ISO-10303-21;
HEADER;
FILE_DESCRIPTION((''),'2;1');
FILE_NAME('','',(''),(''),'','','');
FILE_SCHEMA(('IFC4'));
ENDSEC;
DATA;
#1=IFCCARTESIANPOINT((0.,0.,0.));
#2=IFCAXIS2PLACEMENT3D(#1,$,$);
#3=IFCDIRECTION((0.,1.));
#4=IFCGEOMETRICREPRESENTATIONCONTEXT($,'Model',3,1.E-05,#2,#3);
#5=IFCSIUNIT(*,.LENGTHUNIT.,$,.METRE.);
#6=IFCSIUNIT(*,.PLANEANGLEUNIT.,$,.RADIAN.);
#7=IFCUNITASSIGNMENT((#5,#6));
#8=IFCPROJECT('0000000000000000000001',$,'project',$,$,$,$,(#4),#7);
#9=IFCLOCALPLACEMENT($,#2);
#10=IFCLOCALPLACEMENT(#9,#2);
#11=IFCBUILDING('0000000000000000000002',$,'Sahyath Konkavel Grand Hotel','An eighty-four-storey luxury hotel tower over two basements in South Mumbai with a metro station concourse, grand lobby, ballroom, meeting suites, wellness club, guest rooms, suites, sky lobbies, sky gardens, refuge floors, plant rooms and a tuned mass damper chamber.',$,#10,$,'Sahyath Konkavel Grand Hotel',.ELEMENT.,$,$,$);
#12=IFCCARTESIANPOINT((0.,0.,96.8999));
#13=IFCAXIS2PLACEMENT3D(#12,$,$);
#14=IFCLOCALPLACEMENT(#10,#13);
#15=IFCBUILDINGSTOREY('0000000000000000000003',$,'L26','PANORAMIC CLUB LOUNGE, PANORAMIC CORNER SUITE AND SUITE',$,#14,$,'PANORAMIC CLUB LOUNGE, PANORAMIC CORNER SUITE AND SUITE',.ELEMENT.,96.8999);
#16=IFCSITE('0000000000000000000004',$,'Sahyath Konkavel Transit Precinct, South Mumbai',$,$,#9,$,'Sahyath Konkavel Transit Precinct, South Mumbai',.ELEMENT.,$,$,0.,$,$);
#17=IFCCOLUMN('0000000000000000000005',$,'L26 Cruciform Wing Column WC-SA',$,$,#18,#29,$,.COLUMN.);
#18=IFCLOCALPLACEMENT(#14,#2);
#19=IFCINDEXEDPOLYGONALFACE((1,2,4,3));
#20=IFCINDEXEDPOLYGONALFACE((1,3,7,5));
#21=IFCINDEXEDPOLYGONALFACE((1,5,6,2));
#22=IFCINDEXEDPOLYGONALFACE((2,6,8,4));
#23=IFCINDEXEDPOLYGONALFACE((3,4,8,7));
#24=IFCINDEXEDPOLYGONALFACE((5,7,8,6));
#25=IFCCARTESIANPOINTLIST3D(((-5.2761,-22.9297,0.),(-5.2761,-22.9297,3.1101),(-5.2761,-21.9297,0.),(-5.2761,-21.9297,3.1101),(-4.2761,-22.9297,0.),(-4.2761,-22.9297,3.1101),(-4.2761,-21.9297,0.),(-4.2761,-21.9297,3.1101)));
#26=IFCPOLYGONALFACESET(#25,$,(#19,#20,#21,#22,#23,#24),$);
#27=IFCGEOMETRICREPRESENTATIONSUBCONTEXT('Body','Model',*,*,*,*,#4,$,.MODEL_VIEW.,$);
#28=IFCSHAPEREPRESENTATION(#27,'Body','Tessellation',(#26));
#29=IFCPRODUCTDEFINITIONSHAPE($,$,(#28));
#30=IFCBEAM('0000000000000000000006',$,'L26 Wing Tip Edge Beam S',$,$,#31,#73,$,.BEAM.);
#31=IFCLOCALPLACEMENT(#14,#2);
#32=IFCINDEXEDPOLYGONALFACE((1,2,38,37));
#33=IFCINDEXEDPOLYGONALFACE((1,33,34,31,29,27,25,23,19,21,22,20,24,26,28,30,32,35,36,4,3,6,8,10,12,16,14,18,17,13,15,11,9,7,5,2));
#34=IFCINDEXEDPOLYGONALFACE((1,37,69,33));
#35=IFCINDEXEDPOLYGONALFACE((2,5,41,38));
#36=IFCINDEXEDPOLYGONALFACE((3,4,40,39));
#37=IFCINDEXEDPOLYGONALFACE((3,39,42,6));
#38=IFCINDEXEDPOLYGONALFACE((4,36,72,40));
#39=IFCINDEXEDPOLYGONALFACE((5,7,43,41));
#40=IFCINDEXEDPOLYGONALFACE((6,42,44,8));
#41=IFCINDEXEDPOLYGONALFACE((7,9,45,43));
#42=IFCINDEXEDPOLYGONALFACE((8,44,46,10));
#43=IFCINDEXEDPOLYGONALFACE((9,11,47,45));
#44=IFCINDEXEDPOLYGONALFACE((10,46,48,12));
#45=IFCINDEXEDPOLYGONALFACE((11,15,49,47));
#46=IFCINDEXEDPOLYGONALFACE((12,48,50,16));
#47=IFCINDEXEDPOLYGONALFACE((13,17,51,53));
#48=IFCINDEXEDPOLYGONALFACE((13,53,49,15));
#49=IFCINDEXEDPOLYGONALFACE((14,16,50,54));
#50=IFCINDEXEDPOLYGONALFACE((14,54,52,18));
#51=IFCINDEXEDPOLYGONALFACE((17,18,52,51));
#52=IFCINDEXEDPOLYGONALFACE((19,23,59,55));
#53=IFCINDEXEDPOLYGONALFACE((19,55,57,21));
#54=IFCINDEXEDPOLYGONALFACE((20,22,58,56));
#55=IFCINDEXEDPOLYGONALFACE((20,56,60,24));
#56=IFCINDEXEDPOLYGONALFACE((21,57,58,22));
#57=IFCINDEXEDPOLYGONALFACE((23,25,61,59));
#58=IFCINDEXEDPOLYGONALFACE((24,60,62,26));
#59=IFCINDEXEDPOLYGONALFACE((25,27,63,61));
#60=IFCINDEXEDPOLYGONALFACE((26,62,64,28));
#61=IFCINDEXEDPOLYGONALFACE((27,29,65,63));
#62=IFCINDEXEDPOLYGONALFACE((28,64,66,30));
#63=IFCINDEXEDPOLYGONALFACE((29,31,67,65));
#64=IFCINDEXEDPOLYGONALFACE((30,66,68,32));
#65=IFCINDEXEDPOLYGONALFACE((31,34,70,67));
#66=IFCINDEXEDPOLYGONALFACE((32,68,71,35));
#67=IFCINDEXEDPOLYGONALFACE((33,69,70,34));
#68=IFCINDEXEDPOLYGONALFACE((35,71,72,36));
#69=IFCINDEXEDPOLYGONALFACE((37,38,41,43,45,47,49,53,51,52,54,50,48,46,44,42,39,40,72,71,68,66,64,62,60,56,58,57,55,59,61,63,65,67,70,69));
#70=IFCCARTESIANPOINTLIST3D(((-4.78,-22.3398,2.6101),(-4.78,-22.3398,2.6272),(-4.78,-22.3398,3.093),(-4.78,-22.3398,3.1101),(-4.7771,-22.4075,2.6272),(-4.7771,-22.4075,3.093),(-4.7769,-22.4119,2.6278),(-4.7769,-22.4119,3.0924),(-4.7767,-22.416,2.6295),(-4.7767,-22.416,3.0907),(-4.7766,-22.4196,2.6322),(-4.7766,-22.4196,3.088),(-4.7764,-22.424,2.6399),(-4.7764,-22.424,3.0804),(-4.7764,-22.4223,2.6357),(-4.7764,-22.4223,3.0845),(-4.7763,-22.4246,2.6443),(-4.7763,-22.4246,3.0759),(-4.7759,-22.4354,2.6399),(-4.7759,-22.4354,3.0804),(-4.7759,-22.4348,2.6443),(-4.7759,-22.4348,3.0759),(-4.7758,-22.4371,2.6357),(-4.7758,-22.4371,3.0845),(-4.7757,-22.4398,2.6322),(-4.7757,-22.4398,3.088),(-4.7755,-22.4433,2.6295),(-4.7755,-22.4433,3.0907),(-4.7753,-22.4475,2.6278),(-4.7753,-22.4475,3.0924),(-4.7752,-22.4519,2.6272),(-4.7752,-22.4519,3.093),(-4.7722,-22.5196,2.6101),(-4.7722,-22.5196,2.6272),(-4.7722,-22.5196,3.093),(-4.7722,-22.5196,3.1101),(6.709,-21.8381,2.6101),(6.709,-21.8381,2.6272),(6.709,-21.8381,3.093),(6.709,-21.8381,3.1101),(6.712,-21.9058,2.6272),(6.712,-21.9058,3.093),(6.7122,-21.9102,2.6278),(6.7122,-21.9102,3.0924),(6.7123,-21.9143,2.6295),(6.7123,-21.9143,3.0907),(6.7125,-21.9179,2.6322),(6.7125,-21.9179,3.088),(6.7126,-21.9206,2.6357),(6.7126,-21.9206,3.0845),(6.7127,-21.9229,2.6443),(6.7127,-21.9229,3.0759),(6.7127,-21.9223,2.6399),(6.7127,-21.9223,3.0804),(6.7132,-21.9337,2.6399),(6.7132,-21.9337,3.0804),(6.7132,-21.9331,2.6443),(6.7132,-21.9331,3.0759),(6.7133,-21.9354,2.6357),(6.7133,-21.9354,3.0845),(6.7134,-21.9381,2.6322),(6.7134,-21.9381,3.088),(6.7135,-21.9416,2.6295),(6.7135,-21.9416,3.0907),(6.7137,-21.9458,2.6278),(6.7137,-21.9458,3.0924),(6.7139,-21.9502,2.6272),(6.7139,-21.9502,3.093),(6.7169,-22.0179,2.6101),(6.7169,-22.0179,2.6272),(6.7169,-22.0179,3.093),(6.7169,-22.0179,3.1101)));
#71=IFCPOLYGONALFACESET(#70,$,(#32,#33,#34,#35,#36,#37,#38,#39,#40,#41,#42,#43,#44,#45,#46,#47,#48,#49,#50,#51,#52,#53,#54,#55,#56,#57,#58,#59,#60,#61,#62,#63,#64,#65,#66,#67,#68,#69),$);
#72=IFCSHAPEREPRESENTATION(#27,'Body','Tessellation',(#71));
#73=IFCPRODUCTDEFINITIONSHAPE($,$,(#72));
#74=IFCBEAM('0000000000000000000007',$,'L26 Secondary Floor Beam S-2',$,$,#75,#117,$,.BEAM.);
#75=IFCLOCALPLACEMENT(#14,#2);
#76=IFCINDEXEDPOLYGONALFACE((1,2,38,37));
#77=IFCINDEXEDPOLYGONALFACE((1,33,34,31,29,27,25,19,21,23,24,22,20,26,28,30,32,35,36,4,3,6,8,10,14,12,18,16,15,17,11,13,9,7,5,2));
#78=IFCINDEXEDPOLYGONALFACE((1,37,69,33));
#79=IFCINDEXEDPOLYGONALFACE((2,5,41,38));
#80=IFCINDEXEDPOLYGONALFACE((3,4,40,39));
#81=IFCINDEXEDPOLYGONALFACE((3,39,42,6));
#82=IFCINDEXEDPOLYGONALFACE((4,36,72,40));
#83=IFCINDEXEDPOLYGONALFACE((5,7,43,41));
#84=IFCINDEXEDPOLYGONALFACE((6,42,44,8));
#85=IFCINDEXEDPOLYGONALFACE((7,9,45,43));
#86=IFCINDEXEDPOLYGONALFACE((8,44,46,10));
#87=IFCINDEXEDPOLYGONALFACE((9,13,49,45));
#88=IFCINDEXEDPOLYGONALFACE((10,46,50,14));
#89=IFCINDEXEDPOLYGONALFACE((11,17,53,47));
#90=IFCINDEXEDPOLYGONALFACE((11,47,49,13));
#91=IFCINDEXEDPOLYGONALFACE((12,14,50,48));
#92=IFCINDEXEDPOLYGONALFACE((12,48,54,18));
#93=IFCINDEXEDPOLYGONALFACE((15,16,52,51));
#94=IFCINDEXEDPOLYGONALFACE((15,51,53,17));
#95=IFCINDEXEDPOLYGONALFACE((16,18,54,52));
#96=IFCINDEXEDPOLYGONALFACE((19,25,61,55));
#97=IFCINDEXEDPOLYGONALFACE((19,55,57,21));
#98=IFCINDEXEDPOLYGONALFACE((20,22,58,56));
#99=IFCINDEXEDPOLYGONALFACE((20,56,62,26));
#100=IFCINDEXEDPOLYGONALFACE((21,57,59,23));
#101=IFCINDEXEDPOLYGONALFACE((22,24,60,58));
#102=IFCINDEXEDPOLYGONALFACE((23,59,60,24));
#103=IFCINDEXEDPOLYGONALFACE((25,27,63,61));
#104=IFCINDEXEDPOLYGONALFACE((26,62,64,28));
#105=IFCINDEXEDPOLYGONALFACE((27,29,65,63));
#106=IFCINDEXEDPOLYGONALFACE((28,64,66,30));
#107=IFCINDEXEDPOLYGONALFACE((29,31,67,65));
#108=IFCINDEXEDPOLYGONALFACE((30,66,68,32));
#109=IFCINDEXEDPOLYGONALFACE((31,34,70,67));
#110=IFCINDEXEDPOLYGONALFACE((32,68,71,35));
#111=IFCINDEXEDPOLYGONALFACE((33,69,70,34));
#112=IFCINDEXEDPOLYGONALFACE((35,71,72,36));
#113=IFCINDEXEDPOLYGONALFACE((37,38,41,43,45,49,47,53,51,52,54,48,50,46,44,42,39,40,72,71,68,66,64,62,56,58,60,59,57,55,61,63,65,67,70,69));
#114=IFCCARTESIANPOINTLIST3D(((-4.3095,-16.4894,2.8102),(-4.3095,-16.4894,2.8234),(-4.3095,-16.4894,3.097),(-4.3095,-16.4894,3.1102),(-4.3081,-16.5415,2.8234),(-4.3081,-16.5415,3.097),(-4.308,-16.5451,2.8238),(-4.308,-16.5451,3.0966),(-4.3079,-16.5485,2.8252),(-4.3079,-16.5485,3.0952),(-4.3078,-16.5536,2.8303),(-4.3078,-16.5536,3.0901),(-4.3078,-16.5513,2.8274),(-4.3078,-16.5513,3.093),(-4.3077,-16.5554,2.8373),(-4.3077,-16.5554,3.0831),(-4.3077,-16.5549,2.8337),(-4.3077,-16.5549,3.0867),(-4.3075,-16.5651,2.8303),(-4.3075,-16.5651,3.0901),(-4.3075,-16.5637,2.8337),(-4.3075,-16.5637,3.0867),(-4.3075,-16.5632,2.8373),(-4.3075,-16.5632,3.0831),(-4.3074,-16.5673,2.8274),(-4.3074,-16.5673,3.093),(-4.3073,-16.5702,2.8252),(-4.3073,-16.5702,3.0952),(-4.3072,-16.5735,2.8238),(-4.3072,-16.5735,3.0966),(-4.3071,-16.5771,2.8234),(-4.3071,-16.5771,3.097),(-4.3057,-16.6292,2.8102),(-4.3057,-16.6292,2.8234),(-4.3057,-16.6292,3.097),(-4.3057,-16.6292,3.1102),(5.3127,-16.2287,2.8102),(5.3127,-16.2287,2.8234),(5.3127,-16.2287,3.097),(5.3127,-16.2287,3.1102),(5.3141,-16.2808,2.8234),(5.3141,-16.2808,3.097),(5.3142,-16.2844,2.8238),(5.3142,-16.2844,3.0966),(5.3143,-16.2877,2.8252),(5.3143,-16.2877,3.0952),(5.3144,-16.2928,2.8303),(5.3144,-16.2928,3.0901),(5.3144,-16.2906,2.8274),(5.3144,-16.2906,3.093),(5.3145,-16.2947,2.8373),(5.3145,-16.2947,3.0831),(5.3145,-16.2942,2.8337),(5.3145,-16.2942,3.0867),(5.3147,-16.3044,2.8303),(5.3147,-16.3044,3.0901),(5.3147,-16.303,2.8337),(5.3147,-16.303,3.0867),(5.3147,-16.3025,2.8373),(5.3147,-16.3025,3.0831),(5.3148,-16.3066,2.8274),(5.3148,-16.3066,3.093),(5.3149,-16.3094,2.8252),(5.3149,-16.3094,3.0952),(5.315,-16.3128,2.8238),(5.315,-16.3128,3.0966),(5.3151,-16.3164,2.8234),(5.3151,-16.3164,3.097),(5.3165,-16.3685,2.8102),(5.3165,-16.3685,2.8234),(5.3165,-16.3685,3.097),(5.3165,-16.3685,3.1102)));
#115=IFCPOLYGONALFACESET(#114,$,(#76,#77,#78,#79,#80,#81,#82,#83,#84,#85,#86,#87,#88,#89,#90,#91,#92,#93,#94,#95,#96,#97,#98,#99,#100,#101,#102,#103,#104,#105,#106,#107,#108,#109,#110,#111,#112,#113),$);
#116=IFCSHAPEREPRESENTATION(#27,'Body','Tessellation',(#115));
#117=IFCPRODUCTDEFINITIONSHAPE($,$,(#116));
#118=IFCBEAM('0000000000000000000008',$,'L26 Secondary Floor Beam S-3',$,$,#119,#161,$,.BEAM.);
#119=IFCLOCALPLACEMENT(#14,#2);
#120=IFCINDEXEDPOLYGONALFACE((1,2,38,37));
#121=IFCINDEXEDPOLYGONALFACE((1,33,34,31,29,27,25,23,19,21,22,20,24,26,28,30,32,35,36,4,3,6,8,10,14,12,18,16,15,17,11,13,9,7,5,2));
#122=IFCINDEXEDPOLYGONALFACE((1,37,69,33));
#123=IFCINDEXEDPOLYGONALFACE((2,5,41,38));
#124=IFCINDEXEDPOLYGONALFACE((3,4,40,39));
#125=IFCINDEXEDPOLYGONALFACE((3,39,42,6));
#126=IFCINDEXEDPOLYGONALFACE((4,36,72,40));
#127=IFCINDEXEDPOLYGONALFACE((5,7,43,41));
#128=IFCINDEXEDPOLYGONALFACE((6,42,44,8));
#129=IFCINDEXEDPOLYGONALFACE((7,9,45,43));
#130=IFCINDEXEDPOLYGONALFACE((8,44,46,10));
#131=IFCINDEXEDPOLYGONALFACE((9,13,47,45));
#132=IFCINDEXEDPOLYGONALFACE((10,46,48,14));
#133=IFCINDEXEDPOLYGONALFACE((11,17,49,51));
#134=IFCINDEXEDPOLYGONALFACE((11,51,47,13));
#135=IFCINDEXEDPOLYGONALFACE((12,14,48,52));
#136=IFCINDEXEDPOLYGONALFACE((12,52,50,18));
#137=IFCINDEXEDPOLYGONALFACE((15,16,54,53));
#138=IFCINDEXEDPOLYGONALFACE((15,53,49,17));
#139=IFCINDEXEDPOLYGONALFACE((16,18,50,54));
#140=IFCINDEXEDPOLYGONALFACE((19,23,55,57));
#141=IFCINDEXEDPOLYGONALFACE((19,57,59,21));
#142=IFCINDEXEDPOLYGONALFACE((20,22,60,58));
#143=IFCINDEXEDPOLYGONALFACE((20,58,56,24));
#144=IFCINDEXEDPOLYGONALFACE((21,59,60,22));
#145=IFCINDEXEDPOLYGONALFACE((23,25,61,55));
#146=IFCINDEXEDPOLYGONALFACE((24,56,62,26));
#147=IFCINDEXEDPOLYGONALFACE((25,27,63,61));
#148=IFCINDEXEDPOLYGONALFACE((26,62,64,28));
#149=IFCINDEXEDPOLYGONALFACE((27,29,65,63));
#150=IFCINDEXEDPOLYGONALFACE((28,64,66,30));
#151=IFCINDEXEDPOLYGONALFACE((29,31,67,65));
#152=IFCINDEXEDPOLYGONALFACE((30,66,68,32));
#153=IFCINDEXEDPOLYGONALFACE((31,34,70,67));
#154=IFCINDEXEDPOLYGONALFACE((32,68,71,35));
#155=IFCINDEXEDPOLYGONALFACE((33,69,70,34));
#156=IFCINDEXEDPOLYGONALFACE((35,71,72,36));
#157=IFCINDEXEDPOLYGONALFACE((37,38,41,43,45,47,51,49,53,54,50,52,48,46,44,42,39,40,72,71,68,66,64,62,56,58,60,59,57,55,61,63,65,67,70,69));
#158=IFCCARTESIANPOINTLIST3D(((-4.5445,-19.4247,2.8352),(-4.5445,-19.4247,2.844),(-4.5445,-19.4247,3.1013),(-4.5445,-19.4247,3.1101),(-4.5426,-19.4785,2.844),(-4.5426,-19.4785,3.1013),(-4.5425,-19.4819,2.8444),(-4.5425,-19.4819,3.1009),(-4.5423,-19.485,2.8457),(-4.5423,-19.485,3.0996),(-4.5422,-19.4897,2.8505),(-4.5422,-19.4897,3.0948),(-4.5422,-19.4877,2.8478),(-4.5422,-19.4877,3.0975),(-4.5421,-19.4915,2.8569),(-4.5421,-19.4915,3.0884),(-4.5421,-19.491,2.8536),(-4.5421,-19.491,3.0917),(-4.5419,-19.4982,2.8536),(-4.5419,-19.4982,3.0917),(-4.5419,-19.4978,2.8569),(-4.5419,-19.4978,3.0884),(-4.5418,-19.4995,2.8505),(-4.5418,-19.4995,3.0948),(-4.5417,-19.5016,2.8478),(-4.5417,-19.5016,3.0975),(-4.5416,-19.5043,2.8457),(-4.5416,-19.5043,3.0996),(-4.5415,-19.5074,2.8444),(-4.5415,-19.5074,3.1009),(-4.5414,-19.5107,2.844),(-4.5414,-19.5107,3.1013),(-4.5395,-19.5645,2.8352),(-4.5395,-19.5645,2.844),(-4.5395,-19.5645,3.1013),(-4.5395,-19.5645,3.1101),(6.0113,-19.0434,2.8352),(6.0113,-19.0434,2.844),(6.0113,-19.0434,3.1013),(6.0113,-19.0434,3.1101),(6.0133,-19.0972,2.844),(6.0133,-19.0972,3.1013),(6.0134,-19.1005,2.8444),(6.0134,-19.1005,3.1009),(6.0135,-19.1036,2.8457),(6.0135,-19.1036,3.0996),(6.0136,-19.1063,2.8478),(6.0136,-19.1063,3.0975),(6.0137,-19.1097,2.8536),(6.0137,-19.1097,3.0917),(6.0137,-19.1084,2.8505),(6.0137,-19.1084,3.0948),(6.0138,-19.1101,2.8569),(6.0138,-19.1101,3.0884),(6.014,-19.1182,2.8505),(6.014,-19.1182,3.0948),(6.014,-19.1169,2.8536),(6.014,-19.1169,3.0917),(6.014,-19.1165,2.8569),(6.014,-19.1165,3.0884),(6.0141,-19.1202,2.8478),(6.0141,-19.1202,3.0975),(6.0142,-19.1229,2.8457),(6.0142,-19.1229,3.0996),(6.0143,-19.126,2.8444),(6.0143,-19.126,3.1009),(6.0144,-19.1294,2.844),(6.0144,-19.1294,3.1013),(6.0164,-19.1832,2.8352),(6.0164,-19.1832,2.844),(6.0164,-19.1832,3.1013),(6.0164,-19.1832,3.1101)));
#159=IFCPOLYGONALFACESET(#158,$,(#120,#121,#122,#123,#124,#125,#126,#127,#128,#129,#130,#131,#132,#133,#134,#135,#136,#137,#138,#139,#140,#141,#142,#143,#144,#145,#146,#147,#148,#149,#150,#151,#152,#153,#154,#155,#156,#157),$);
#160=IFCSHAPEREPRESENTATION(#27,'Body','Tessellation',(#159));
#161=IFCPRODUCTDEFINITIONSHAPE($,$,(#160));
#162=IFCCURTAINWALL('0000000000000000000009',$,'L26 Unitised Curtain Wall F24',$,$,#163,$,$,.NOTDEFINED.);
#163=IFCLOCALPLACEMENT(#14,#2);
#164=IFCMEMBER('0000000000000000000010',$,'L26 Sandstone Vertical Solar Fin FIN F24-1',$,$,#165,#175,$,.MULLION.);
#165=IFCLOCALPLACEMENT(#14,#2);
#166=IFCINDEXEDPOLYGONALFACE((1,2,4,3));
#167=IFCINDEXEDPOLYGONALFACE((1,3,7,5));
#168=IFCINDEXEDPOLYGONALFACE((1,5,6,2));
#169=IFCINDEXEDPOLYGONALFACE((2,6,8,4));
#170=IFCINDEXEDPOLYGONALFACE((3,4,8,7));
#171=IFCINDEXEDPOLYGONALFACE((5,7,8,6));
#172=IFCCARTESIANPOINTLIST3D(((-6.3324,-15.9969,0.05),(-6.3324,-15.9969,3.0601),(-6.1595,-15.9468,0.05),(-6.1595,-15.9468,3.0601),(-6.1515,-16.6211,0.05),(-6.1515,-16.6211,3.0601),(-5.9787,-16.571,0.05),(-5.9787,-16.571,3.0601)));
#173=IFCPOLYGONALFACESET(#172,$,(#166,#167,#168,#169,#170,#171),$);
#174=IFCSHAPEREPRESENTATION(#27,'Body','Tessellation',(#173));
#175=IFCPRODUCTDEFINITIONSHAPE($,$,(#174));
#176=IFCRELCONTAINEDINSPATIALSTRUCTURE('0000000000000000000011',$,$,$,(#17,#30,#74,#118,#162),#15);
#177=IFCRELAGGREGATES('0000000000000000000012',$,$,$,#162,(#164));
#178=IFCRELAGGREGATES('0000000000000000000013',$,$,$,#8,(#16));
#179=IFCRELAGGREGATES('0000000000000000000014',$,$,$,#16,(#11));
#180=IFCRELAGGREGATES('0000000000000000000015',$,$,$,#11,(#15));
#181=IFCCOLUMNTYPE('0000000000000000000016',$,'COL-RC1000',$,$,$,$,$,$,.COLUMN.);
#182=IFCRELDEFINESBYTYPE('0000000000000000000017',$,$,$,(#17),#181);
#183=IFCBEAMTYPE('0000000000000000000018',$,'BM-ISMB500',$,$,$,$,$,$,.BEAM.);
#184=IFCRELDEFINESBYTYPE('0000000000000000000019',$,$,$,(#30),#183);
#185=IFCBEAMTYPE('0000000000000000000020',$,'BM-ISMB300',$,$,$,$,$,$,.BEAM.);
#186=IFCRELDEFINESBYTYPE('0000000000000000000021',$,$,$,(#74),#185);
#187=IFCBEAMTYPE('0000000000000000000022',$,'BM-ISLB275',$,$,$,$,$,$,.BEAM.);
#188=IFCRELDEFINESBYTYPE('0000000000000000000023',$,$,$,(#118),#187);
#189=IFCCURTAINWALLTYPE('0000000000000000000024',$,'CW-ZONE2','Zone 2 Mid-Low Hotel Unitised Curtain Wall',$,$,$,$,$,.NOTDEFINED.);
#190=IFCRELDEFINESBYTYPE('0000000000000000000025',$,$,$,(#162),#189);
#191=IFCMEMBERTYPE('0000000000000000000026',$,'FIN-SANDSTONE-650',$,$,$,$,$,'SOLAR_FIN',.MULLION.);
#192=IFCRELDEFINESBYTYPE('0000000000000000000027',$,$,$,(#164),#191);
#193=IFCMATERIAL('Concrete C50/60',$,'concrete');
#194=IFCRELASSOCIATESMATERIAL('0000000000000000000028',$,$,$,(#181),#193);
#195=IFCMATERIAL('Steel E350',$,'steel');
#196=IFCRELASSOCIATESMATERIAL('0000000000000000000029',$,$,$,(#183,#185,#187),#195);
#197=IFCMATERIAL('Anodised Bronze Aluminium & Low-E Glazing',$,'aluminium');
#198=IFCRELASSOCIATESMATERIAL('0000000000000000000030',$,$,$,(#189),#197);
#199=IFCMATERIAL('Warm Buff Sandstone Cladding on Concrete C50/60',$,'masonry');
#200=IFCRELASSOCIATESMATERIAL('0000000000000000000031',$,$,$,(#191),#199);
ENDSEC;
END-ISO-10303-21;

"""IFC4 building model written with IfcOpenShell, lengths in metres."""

from ifc_helpers import new_model, si_unit, direction, frame, origin, origin_2d, place, context, subcontext, project, spatial, rectangle, i_section, extrude, source, transform, mapped, material, material_profile, profile_set, type_object, element, aggregate, save


model = new_model("IFC4")

# Units and contexts
model_context = context("Model", 3, precision=1e-05, world=origin(), true_north=direction((0.0, 1.0)))
body_context = subcontext(model_context, "Body", "Model", "MODEL_VIEW")
ifc_project = project(units=[si_unit("LENGTHUNIT", "METRE"), si_unit("PLANEANGLEUNIT", "RADIAN")], contexts=[model_context])

# Site, building, storey
site_placement = place(None, origin())
site = spatial("IfcSite", under=ifc_project, at=site_placement, Name="Sahyath Konkavel Transit Precinct, South Mumbai", LongName="Sahyath Konkavel Transit Precinct, South Mumbai", CompositionType="ELEMENT", RefElevation=0.0)
building_placement = place(site_placement, origin())
building = spatial("IfcBuilding", under=site, at=building_placement, Name="Sahyath Konkavel Grand Hotel", Description="An eighty-four-storey luxury hotel tower over two basements in South Mumbai with a metro station concourse, grand lobby, ballroom, meeting suites, wellness club, guest rooms, suites, sky lobbies, sky gardens, refuge floors, plant rooms and a tuned mass damper chamber.", LongName="Sahyath Konkavel Grand Hotel", CompositionType="ELEMENT")
storey_placement = place(building_placement, frame((0.0, 0.0, 96.8999)))
storey = spatial("IfcBuildingStorey", under=building, at=storey_placement, Name="L26", Description="PANORAMIC CLUB LOUNGE, PANORAMIC CORNER SUITE AND SUITE", LongName="PANORAMIC CLUB LOUNGE, PANORAMIC CORNER SUITE AND SUITE", CompositionType="ELEMENT", Elevation=96.8999)

# Column
ifc_material_1 = material(Name="Concrete C50/60", Category="concrete")
ifc_material_profile_1 = material_profile(ifc_material_1, rectangle(XDim=1.0, YDim=1.0, at=origin_2d()), Name="RC 1000x1000")
ifc_profile_set_1 = profile_set([ifc_material_profile_1], Name="Concrete C50/60")
column_type = type_object("IfcColumnType", Name="COL-RC1000", PredefinedType="COLUMN", material=ifc_profile_set_1)
shared_shape_1 = source(origin(), body_context, "Body", "SweptSolid", [
    extrude(rectangle(XDim=1.0, YDim=1.0, at=origin_2d()), origin(), (0.0, 0.0, 1.0), 3.1101),
])
column_placement = place(storey_placement, frame((-4.7761, -22.4297, 0.0), z_axis=(0.0, 0.0, 1.0), x_axis=(1.0, 0.0, 0.0)))
element("IfcColumn", 1, at=column_placement, inside=storey, type_object=column_type, Name="L26 Cruciform Wing Column WC-SA", PredefinedType="COLUMN", context=body_context, shape_type="MappedRepresentation", body=[
    mapped(shared_shape_1, transform((0.0, 0.0, 0.0), scale=1.0)),
])

# Beams
ifc_material_2 = material(Name="Steel E350", Category="steel")
ifc_material_profile_2 = material_profile(ifc_material_2, i_section(OverallWidth=0.1799, OverallDepth=0.5, WebThickness=0.0103, FlangeThickness=0.0171, FilletRadius=0.0171, at=origin_2d()), Name="ISMB 500")
ifc_profile_set_2 = profile_set([ifc_material_profile_2], Name="Steel E350")
beam_type_1 = type_object("IfcBeamType", Name="BM-ISMB500", PredefinedType="BEAM", material=ifc_profile_set_2)
shared_shape_2 = source(origin(), body_context, "Body", "SweptSolid", [
    extrude(i_section(OverallWidth=0.1799, OverallDepth=0.5, WebThickness=0.0103, FlangeThickness=0.0171, FilletRadius=0.0171, at=origin_2d()), origin(), (0.0, 0.0, 1.0), 11.5),
])
beam_1_placement = place(storey_placement, frame((-4.7761, -22.4297, 2.8601), z_axis=(0.999048, 0.043627, 0.0), x_axis=(-0.043627, 0.999048, 0.0)))
element("IfcBeam", 2, at=beam_1_placement, inside=storey, type_object=beam_type_1, Name="L26 Wing Tip Edge Beam S", PredefinedType="BEAM", context=body_context, shape_type="MappedRepresentation", body=[
    mapped(shared_shape_2, transform((0.0, 0.0, 0.0), scale=1.0)),
])
ifc_material_profile_3 = material_profile(ifc_material_2, i_section(OverallWidth=0.1399, OverallDepth=0.3, WebThickness=0.0078, FlangeThickness=0.0132, FilletRadius=0.0139, at=origin_2d()), Name="ISMB 300")
ifc_profile_set_3 = profile_set([ifc_material_profile_3], Name="Steel E350")
beam_type_2 = type_object("IfcBeamType", Name="BM-ISMB300", PredefinedType="BEAM", material=ifc_profile_set_3)
shared_shape_3 = source(origin(), body_context, "Body", "SweptSolid", [
    extrude(i_section(OverallWidth=0.1399, OverallDepth=0.3, WebThickness=0.0078, FlangeThickness=0.0132, FilletRadius=0.0139, at=origin_2d()), origin(), (0.0, 0.0, 1.0), 9.6257),
])
beam_2_placement = place(storey_placement, frame((-4.3076, -16.5593, 2.9602), z_axis=(0.999633, 0.027088, 0.0), x_axis=(-0.027088, 0.999633, 0.0)))
element("IfcBeam", 3, at=beam_2_placement, inside=storey, type_object=beam_type_2, Name="L26 Secondary Floor Beam S-2", PredefinedType="BEAM", context=body_context, shape_type="MappedRepresentation", body=[
    mapped(shared_shape_3, transform((0.0, 0.0, 0.0), scale=1.0)),
])
ifc_material_profile_4 = material_profile(ifc_material_2, i_section(OverallWidth=0.1399, OverallDepth=0.2749, WebThickness=0.0063, FlangeThickness=0.0088, FilletRadius=0.0129, at=origin_2d()), Name="ISLB 275")
ifc_profile_set_4 = profile_set([ifc_material_profile_4], Name="Steel E350")
beam_type_3 = type_object("IfcBeamType", Name="BM-ISLB275", PredefinedType="BEAM", material=ifc_profile_set_4)
shared_shape_4 = source(origin(), body_context, "Body", "SweptSolid", [
    extrude(i_section(OverallWidth=0.1399, OverallDepth=0.2749, WebThickness=0.0063, FlangeThickness=0.0088, FilletRadius=0.0129, at=origin_2d()), origin(), (0.0, 0.0, 1.0), 10.5627),
])
beam_3_placement = place(storey_placement, frame((-4.542, -19.4946, 2.9727), z_axis=(0.999348, 0.036103, 0.0), x_axis=(-0.036103, 0.999348, 0.0)))
element("IfcBeam", 4, at=beam_3_placement, inside=storey, type_object=beam_type_3, Name="L26 Secondary Floor Beam S-3", PredefinedType="BEAM", context=body_context, shape_type="MappedRepresentation", body=[
    mapped(shared_shape_4, transform((0.0, 0.0, 0.0), scale=1.0)),
])

# Curtain wall, member
ifc_material_3 = material(Name="Anodised Bronze Aluminium & Low-E Glazing", Category="aluminium")
curtain_wall_type = type_object("IfcCurtainWallType", Name="CW-ZONE2", Description="Zone 2 Mid-Low Hotel Unitised Curtain Wall", PredefinedType="NOTDEFINED", material=ifc_material_3)
curtain_wall_1_placement = place(storey_placement, origin())
curtain_wall_1 = element("IfcCurtainWall", 5, at=curtain_wall_1_placement, inside=storey, type_object=curtain_wall_type, Name="L26 Unitised Curtain Wall F24", PredefinedType="NOTDEFINED")
ifc_material_4 = material(Name="Warm Buff Sandstone Cladding on Concrete C50/60", Category="masonry")
ifc_material_profile_5 = material_profile(ifc_material_4, rectangle(XDim=0.1799, YDim=0.6499, at=origin_2d()), Name="FIN 180x650")
ifc_profile_set_5 = profile_set([ifc_material_profile_5], Name="Warm Buff Sandstone Cladding on Concrete C50/60")
member_type_1 = type_object("IfcMemberType", Name="FIN-SANDSTONE-650", ElementType="SOLAR_FIN", PredefinedType="MULLION", material=ifc_profile_set_5)
shared_shape_5 = source(origin(), body_context, "Body", "SweptSolid", [
    extrude(rectangle(XDim=0.1799, YDim=0.6499, at=origin_2d()), origin(), (0.0, 0.0, 1.0), 3.01),
])
member_1_placement = place(storey_placement, frame((-6.1555, -16.2839, 0.05), z_axis=(0.0, 0.0, 1.0), x_axis=(0.960488, 0.278321, 0.0)))
member_1 = element("IfcMember", 6, at=member_1_placement, type_object=member_type_1, Name="L26 Sandstone Vertical Solar Fin FIN F24-1", PredefinedType="MULLION", context=body_context, shape_type="MappedRepresentation", body=[
    mapped(shared_shape_5, transform((0.0, 0.0, 0.0), scale=1.0)),
])

aggregate(curtain_wall_1, [member_1])

save(model, "model.ifc")
